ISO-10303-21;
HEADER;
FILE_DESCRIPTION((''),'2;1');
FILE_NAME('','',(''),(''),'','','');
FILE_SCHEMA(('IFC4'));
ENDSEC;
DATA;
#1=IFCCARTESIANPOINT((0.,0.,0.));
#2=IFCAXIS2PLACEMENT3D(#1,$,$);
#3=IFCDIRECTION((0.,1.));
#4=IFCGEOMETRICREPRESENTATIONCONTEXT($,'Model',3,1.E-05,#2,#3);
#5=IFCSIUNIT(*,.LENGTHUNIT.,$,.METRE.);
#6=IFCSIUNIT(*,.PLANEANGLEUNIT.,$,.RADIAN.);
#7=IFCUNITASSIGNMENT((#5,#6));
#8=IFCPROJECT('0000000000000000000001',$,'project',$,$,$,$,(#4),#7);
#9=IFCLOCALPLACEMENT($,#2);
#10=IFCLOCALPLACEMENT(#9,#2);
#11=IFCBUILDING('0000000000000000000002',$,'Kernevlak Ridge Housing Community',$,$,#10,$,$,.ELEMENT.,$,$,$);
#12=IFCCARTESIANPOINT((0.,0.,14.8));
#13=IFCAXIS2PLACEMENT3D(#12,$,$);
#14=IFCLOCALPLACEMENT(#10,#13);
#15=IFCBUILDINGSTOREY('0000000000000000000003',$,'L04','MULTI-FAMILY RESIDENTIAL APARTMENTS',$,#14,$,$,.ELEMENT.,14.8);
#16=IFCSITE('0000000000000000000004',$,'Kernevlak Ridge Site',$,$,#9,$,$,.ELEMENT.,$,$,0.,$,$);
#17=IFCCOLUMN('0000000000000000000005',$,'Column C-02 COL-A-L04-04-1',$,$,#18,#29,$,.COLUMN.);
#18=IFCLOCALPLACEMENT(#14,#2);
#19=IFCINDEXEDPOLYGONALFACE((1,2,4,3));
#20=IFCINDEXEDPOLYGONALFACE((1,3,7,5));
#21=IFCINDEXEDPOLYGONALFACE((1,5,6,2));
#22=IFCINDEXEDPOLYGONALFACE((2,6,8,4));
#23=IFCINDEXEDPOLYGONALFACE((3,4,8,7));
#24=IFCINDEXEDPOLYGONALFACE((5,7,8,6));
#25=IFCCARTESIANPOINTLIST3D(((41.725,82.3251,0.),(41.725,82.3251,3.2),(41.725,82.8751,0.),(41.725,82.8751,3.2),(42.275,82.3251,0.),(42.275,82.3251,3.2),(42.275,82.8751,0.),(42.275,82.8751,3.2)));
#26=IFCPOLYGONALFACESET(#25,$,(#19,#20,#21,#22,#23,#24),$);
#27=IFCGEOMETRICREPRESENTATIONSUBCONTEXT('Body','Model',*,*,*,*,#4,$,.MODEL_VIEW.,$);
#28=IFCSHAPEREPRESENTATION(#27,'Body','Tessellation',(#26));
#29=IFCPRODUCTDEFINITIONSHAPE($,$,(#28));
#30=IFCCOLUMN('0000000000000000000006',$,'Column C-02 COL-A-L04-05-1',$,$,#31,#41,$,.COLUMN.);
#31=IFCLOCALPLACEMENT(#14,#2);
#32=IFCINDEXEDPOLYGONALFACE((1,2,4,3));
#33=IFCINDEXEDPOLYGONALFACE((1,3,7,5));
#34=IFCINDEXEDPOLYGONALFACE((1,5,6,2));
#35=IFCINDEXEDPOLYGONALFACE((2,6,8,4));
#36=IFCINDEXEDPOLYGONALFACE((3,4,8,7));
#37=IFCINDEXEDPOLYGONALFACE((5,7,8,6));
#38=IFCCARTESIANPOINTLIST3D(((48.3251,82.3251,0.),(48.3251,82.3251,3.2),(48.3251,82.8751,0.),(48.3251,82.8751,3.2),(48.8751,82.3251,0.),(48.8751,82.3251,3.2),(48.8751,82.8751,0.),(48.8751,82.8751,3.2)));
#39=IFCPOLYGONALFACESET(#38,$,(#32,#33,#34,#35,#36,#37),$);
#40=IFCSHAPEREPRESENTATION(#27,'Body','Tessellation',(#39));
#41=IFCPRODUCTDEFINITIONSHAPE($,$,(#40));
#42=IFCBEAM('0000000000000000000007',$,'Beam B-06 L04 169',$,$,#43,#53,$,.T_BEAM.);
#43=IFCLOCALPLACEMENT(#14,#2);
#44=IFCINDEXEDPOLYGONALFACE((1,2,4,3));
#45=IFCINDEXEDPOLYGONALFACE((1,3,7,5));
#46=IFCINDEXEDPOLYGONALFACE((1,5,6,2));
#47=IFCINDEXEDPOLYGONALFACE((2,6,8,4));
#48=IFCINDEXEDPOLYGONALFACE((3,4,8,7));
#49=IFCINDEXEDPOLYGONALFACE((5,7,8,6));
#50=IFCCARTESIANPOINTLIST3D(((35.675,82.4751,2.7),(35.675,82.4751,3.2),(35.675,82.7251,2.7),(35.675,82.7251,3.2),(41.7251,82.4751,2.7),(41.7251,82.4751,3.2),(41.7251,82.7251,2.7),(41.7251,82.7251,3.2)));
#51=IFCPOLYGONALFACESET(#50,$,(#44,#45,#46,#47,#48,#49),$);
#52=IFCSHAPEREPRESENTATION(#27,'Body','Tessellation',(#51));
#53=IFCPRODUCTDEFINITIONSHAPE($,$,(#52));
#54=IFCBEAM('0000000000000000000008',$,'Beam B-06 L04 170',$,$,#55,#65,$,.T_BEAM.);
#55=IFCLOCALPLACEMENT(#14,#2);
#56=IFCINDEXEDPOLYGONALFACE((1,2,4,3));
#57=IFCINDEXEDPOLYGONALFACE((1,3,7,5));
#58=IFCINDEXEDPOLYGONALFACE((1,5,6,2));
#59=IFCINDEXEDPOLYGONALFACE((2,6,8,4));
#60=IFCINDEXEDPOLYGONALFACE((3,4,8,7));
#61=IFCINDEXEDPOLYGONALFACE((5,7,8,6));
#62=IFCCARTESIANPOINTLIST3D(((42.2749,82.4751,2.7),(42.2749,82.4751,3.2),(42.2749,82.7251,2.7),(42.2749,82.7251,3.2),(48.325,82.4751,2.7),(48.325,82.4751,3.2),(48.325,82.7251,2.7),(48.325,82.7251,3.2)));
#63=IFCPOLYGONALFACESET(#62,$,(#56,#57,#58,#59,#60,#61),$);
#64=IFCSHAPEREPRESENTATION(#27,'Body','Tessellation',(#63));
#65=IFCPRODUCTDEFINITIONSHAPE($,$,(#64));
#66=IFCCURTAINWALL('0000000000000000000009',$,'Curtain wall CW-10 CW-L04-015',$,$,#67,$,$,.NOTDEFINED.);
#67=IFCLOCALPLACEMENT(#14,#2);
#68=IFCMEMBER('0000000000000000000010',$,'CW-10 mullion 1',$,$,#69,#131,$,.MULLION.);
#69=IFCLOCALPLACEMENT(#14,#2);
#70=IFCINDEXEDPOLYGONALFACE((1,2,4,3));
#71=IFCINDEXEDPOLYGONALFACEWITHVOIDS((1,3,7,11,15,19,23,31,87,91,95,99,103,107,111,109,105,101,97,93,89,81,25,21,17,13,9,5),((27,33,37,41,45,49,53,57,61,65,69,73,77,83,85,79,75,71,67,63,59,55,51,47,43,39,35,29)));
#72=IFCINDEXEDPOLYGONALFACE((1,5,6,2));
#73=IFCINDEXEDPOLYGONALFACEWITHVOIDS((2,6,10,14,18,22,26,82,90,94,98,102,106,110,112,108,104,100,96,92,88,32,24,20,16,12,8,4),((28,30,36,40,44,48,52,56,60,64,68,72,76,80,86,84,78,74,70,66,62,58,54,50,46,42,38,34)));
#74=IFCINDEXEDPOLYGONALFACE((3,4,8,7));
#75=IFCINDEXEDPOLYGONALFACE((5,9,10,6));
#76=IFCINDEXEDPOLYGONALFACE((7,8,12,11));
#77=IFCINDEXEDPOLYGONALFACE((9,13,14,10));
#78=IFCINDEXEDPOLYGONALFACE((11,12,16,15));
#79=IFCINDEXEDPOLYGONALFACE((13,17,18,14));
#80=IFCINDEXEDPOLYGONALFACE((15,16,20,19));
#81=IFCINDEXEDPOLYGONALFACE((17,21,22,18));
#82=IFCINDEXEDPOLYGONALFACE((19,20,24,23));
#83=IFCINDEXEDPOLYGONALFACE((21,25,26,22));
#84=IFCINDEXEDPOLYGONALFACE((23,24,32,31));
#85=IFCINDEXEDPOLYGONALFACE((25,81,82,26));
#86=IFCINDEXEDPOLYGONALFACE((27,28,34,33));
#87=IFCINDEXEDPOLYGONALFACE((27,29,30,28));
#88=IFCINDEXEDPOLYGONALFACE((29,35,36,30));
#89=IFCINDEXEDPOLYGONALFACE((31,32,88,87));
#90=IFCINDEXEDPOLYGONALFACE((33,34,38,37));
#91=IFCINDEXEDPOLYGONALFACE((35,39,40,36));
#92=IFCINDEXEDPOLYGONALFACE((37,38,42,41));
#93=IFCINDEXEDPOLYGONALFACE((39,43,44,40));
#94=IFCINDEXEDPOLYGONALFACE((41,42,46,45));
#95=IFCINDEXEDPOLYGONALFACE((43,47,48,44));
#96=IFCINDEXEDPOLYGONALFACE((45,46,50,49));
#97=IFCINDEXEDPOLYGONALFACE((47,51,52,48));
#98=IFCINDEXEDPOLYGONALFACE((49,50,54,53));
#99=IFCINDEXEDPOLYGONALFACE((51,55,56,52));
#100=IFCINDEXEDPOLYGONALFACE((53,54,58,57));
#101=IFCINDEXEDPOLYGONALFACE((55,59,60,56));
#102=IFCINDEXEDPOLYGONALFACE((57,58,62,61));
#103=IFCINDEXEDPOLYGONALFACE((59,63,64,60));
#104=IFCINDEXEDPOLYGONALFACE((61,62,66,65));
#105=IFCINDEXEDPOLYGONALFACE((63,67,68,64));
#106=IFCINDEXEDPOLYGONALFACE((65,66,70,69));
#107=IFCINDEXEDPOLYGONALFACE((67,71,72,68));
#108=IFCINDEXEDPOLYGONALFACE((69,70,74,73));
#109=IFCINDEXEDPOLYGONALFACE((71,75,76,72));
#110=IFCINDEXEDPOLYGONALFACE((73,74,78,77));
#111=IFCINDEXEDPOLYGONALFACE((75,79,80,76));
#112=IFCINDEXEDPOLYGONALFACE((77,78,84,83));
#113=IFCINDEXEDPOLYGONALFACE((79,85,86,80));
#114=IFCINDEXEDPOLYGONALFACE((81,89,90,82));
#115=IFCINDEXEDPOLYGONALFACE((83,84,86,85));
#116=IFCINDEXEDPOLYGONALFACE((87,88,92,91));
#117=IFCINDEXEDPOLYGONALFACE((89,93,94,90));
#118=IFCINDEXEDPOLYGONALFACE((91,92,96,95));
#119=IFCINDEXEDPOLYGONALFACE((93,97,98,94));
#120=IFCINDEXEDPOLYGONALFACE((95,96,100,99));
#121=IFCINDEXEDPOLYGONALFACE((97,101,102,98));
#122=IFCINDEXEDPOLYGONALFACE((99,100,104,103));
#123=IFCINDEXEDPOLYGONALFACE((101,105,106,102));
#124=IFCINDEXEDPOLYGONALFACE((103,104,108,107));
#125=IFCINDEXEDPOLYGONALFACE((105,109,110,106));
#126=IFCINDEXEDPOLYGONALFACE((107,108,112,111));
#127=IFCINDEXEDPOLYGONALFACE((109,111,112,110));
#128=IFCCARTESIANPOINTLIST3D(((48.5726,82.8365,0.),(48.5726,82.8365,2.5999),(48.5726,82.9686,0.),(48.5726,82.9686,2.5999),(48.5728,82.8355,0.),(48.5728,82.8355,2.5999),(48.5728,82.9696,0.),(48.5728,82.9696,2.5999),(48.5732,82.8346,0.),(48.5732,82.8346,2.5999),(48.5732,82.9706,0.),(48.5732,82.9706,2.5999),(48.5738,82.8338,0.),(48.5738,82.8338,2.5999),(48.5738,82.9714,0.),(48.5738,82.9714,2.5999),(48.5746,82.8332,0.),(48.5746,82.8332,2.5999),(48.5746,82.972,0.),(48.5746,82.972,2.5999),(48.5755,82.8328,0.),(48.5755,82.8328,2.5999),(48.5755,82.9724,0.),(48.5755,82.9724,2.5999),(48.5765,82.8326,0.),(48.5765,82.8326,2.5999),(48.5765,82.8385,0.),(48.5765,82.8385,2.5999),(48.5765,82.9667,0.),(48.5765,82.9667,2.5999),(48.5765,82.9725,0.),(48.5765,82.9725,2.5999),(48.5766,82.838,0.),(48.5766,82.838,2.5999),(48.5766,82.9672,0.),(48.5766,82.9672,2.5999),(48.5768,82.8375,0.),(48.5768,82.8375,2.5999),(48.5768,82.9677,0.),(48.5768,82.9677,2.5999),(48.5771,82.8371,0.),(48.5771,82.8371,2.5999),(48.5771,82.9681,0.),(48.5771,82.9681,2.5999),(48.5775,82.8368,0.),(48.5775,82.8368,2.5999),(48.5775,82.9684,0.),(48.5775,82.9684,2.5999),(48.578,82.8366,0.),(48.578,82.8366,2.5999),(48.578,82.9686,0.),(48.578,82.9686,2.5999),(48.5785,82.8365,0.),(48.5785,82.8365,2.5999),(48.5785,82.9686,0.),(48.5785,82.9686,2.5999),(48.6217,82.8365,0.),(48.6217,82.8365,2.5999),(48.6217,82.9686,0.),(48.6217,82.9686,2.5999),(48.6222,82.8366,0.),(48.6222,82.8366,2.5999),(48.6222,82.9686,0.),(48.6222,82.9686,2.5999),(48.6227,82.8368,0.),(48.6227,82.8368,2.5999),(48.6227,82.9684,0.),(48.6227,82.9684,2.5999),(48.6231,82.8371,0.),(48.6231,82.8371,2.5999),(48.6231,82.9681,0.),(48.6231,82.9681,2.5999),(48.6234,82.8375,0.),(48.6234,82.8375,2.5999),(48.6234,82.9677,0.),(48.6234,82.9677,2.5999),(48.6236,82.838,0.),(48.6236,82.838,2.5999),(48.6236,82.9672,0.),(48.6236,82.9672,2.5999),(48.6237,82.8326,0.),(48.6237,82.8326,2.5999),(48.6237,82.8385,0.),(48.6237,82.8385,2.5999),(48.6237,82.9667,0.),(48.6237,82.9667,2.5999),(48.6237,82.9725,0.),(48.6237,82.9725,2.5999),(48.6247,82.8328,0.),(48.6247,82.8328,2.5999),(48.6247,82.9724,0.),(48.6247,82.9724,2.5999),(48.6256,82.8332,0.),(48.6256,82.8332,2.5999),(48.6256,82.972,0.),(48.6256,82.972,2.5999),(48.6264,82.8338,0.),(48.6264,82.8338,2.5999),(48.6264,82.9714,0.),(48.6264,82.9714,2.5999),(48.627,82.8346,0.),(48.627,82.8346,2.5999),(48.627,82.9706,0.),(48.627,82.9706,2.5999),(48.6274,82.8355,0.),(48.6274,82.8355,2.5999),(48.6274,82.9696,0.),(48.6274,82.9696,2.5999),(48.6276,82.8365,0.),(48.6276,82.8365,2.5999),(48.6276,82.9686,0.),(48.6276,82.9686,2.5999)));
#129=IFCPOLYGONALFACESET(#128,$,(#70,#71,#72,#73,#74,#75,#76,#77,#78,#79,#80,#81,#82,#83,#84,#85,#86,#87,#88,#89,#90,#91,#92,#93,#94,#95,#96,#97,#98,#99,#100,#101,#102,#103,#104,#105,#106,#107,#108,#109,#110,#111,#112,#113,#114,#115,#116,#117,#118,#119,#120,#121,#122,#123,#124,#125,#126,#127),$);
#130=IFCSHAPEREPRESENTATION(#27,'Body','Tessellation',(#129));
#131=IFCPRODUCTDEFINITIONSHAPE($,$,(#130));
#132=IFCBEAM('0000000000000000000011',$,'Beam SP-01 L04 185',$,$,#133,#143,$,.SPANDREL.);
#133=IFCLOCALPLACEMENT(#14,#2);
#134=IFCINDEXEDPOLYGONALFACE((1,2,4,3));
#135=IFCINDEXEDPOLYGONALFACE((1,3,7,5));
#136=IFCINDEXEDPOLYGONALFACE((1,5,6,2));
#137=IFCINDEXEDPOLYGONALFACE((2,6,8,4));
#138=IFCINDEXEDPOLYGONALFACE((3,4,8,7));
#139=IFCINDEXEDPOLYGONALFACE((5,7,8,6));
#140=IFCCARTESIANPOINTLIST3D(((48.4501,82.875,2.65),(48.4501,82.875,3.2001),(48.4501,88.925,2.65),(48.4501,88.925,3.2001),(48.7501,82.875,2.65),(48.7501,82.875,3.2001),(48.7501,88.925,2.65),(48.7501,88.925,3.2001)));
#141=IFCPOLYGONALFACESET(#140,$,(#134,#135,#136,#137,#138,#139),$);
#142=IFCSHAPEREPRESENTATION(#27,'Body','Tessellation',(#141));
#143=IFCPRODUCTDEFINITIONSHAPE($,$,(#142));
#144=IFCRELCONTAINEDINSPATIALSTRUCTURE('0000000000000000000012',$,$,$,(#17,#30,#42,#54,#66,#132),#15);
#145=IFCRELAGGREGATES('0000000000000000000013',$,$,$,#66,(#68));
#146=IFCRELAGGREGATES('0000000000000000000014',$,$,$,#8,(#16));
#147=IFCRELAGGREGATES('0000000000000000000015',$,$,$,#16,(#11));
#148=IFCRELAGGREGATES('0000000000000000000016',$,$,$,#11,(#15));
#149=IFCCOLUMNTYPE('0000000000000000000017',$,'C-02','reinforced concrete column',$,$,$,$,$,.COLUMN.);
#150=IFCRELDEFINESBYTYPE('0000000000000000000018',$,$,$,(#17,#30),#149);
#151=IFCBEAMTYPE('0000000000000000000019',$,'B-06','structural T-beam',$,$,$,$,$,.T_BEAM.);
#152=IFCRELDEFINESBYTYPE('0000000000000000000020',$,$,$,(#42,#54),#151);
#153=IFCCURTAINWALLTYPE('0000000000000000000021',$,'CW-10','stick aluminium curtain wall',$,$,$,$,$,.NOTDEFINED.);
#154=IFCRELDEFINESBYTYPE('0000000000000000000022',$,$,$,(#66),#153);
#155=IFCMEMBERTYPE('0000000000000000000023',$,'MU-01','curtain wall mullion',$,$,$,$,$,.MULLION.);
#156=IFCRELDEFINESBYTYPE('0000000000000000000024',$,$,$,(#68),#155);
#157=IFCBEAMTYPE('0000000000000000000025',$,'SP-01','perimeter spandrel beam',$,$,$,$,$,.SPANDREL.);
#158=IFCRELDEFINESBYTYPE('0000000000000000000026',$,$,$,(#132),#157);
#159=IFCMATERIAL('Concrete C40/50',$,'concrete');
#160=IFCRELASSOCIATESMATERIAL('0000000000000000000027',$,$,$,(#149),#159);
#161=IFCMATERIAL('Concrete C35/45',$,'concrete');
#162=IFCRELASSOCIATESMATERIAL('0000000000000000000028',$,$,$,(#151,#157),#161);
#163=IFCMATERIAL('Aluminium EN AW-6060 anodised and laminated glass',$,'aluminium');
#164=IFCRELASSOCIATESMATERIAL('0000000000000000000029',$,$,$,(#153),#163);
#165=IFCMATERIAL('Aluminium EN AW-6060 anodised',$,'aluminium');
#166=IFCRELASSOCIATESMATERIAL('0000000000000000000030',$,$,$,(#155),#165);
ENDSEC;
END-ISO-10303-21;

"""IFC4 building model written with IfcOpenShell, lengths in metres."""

from ifc_helpers import new_model, si_unit, direction, frame, origin, origin_2d, place, context, subcontext, project, spatial, rectangle, hollow_rectangle, extrude, material, material_profile, profile_set, type_object, element, aggregate, save


model = new_model("IFC4")

# Units and contexts
model_context = context("Model", 3, precision=1e-05, world=origin(), true_north=direction((0.0, 1.0)))
body_context = subcontext(model_context, "Body", "Model", "MODEL_VIEW")
ifc_project = project(units=[si_unit("LENGTHUNIT", "METRE"), si_unit("PLANEANGLEUNIT", "RADIAN")], contexts=[model_context])

# Site, building, storey
site_placement = place(None, origin())
site = spatial("IfcSite", under=ifc_project, at=site_placement, Name="Kernevlak Ridge Site", CompositionType="ELEMENT", RefElevation=0.0)
building_placement = place(site_placement, origin())
building = spatial("IfcBuilding", under=site, at=building_placement, Name="Kernevlak Ridge Housing Community", CompositionType="ELEMENT")
storey_placement = place(building_placement, frame((0.0, 0.0, 14.8)))
storey = spatial("IfcBuildingStorey", under=building, at=storey_placement, Name="L04", Description="MULTI-FAMILY RESIDENTIAL APARTMENTS", CompositionType="ELEMENT", Elevation=14.8)

# Columns
ifc_material_1 = material(Name="Concrete C40/50", Category="concrete")
ifc_material_profile_1 = material_profile(ifc_material_1, rectangle(XDim=0.55, YDim=0.55, at=origin_2d()), Name="RC 550x550")
ifc_profile_set_1 = profile_set([ifc_material_profile_1], Name="Concrete C40/50")
column_type = type_object("IfcColumnType", Name="C-02", Description="reinforced concrete column", PredefinedType="COLUMN", material=ifc_profile_set_1)
for number, where, z_axis, x_axis, name in (
    (1, (42.0, 82.6001, 0.0), (0.0, 0.0, 1.0), (1.0, 0.0, 0.0), "Column C-02 COL-A-L04-04-1"),
    (2, (48.6001, 82.6001, 0.0), (0.0, 0.0, 1.0), (1.0, 0.0, 0.0), "Column C-02 COL-A-L04-05-1"),
):
    element("IfcColumn", number, at=place(storey_placement, frame(where, z_axis=z_axis, x_axis=x_axis)), inside=storey, type_object=column_type, Name=name, PredefinedType="COLUMN", context=body_context, shape_type="SweptSolid", body=[
        extrude(rectangle(XDim=0.55, YDim=0.55, at=origin_2d()), origin(), (0.0, 0.0, 1.0), 3.2),
    ])

# Beams
ifc_material_2 = material(Name="Concrete C35/45", Category="concrete")
ifc_material_profile_2 = material_profile(ifc_material_2, rectangle(XDim=0.25, YDim=0.5, at=origin_2d()), Name="RC 250x500")
ifc_profile_set_2 = profile_set([ifc_material_profile_2], Name="Concrete C35/45")
beam_type_1 = type_object("IfcBeamType", Name="B-06", Description="structural T-beam", PredefinedType="T_BEAM", material=ifc_profile_set_2)
for number, where, z_axis, x_axis, name in (
    (3, (35.675, 82.6001, 2.95), (1.0, 0.0, 0.0), (0.0, 1.0, 0.0), "Beam B-06 L04 169"),
    (4, (42.2749, 82.6001, 2.95), (1.0, 0.0, 0.0), (0.0, 1.0, 0.0), "Beam B-06 L04 170"),
):
    element("IfcBeam", number, at=place(storey_placement, frame(where, z_axis=z_axis, x_axis=x_axis)), inside=storey, type_object=beam_type_1, Name=name, PredefinedType="T_BEAM", context=body_context, shape_type="SweptSolid", body=[
        extrude(rectangle(XDim=0.25, YDim=0.5, at=origin_2d()), origin(), (0.0, 0.0, 1.0), 6.05),
    ])

# Curtain wall, member
ifc_material_3 = material(Name="Aluminium EN AW-6060 anodised and laminated glass", Category="aluminium")
curtain_wall_type = type_object("IfcCurtainWallType", Name="CW-10", Description="stick aluminium curtain wall", PredefinedType="NOTDEFINED", material=ifc_material_3)
curtain_wall_placement = place(storey_placement, origin())
curtain_wall = element("IfcCurtainWall", 5, at=curtain_wall_placement, inside=storey, type_object=curtain_wall_type, Name="Curtain wall CW-10 CW-L04-015", PredefinedType="NOTDEFINED")
ifc_material_4 = material(Name="Aluminium EN AW-6060 anodised", Category="aluminium")
ifc_material_profile_3 = material_profile(ifc_material_4, hollow_rectangle(XDim=0.0549, YDim=0.1399, WallThickness=0.0039, InnerFilletRadius=0.002, OuterFilletRadius=0.0039, at=origin_2d()), Name="ALU 55x140x4")
ifc_profile_set_3 = profile_set([ifc_material_profile_3], Name="Aluminium EN AW-6060 anodised")
member_type_1 = type_object("IfcMemberType", Name="MU-01", Description="curtain wall mullion", PredefinedType="MULLION", material=ifc_profile_set_3)
member_1_placement = place(storey_placement, frame((48.6001, 82.9026, 0.0), z_axis=(0.0, 0.0, 1.0), x_axis=(-1.0, 0.0, 0.0)))
member_1 = element("IfcMember", 6, at=member_1_placement, type_object=member_type_1, Name="CW-10 mullion 1", PredefinedType="MULLION", context=body_context, shape_type="SweptSolid", body=[
    extrude(hollow_rectangle(XDim=0.0549, YDim=0.1399, WallThickness=0.0039, InnerFilletRadius=0.002, OuterFilletRadius=0.0039, at=origin_2d()), origin(), (0.0, 0.0, 1.0), 2.5999),
])

# Beam
ifc_material_profile_4 = material_profile(ifc_material_2, rectangle(XDim=0.3, YDim=0.55, at=origin_2d()), Name="RC 300x550")
ifc_profile_set_4 = profile_set([ifc_material_profile_4], Name="Concrete C35/45")
beam_type_2 = type_object("IfcBeamType", Name="SP-01", Description="perimeter spandrel beam", PredefinedType="SPANDREL", material=ifc_profile_set_4)
beam_placement = place(storey_placement, frame((48.6001, 82.875, 2.925), z_axis=(0.0, 1.0, 0.0), x_axis=(-1.0, 0.0, 0.0)))
element("IfcBeam", 7, at=beam_placement, inside=storey, type_object=beam_type_2, Name="Beam SP-01 L04 185", PredefinedType="SPANDREL", context=body_context, shape_type="SweptSolid", body=[
    extrude(rectangle(XDim=0.3, YDim=0.55, at=origin_2d()), origin(), (0.0, 0.0, 1.0), 6.05),
])

aggregate(curtain_wall, [member_1])

save(model, "model.ifc")
